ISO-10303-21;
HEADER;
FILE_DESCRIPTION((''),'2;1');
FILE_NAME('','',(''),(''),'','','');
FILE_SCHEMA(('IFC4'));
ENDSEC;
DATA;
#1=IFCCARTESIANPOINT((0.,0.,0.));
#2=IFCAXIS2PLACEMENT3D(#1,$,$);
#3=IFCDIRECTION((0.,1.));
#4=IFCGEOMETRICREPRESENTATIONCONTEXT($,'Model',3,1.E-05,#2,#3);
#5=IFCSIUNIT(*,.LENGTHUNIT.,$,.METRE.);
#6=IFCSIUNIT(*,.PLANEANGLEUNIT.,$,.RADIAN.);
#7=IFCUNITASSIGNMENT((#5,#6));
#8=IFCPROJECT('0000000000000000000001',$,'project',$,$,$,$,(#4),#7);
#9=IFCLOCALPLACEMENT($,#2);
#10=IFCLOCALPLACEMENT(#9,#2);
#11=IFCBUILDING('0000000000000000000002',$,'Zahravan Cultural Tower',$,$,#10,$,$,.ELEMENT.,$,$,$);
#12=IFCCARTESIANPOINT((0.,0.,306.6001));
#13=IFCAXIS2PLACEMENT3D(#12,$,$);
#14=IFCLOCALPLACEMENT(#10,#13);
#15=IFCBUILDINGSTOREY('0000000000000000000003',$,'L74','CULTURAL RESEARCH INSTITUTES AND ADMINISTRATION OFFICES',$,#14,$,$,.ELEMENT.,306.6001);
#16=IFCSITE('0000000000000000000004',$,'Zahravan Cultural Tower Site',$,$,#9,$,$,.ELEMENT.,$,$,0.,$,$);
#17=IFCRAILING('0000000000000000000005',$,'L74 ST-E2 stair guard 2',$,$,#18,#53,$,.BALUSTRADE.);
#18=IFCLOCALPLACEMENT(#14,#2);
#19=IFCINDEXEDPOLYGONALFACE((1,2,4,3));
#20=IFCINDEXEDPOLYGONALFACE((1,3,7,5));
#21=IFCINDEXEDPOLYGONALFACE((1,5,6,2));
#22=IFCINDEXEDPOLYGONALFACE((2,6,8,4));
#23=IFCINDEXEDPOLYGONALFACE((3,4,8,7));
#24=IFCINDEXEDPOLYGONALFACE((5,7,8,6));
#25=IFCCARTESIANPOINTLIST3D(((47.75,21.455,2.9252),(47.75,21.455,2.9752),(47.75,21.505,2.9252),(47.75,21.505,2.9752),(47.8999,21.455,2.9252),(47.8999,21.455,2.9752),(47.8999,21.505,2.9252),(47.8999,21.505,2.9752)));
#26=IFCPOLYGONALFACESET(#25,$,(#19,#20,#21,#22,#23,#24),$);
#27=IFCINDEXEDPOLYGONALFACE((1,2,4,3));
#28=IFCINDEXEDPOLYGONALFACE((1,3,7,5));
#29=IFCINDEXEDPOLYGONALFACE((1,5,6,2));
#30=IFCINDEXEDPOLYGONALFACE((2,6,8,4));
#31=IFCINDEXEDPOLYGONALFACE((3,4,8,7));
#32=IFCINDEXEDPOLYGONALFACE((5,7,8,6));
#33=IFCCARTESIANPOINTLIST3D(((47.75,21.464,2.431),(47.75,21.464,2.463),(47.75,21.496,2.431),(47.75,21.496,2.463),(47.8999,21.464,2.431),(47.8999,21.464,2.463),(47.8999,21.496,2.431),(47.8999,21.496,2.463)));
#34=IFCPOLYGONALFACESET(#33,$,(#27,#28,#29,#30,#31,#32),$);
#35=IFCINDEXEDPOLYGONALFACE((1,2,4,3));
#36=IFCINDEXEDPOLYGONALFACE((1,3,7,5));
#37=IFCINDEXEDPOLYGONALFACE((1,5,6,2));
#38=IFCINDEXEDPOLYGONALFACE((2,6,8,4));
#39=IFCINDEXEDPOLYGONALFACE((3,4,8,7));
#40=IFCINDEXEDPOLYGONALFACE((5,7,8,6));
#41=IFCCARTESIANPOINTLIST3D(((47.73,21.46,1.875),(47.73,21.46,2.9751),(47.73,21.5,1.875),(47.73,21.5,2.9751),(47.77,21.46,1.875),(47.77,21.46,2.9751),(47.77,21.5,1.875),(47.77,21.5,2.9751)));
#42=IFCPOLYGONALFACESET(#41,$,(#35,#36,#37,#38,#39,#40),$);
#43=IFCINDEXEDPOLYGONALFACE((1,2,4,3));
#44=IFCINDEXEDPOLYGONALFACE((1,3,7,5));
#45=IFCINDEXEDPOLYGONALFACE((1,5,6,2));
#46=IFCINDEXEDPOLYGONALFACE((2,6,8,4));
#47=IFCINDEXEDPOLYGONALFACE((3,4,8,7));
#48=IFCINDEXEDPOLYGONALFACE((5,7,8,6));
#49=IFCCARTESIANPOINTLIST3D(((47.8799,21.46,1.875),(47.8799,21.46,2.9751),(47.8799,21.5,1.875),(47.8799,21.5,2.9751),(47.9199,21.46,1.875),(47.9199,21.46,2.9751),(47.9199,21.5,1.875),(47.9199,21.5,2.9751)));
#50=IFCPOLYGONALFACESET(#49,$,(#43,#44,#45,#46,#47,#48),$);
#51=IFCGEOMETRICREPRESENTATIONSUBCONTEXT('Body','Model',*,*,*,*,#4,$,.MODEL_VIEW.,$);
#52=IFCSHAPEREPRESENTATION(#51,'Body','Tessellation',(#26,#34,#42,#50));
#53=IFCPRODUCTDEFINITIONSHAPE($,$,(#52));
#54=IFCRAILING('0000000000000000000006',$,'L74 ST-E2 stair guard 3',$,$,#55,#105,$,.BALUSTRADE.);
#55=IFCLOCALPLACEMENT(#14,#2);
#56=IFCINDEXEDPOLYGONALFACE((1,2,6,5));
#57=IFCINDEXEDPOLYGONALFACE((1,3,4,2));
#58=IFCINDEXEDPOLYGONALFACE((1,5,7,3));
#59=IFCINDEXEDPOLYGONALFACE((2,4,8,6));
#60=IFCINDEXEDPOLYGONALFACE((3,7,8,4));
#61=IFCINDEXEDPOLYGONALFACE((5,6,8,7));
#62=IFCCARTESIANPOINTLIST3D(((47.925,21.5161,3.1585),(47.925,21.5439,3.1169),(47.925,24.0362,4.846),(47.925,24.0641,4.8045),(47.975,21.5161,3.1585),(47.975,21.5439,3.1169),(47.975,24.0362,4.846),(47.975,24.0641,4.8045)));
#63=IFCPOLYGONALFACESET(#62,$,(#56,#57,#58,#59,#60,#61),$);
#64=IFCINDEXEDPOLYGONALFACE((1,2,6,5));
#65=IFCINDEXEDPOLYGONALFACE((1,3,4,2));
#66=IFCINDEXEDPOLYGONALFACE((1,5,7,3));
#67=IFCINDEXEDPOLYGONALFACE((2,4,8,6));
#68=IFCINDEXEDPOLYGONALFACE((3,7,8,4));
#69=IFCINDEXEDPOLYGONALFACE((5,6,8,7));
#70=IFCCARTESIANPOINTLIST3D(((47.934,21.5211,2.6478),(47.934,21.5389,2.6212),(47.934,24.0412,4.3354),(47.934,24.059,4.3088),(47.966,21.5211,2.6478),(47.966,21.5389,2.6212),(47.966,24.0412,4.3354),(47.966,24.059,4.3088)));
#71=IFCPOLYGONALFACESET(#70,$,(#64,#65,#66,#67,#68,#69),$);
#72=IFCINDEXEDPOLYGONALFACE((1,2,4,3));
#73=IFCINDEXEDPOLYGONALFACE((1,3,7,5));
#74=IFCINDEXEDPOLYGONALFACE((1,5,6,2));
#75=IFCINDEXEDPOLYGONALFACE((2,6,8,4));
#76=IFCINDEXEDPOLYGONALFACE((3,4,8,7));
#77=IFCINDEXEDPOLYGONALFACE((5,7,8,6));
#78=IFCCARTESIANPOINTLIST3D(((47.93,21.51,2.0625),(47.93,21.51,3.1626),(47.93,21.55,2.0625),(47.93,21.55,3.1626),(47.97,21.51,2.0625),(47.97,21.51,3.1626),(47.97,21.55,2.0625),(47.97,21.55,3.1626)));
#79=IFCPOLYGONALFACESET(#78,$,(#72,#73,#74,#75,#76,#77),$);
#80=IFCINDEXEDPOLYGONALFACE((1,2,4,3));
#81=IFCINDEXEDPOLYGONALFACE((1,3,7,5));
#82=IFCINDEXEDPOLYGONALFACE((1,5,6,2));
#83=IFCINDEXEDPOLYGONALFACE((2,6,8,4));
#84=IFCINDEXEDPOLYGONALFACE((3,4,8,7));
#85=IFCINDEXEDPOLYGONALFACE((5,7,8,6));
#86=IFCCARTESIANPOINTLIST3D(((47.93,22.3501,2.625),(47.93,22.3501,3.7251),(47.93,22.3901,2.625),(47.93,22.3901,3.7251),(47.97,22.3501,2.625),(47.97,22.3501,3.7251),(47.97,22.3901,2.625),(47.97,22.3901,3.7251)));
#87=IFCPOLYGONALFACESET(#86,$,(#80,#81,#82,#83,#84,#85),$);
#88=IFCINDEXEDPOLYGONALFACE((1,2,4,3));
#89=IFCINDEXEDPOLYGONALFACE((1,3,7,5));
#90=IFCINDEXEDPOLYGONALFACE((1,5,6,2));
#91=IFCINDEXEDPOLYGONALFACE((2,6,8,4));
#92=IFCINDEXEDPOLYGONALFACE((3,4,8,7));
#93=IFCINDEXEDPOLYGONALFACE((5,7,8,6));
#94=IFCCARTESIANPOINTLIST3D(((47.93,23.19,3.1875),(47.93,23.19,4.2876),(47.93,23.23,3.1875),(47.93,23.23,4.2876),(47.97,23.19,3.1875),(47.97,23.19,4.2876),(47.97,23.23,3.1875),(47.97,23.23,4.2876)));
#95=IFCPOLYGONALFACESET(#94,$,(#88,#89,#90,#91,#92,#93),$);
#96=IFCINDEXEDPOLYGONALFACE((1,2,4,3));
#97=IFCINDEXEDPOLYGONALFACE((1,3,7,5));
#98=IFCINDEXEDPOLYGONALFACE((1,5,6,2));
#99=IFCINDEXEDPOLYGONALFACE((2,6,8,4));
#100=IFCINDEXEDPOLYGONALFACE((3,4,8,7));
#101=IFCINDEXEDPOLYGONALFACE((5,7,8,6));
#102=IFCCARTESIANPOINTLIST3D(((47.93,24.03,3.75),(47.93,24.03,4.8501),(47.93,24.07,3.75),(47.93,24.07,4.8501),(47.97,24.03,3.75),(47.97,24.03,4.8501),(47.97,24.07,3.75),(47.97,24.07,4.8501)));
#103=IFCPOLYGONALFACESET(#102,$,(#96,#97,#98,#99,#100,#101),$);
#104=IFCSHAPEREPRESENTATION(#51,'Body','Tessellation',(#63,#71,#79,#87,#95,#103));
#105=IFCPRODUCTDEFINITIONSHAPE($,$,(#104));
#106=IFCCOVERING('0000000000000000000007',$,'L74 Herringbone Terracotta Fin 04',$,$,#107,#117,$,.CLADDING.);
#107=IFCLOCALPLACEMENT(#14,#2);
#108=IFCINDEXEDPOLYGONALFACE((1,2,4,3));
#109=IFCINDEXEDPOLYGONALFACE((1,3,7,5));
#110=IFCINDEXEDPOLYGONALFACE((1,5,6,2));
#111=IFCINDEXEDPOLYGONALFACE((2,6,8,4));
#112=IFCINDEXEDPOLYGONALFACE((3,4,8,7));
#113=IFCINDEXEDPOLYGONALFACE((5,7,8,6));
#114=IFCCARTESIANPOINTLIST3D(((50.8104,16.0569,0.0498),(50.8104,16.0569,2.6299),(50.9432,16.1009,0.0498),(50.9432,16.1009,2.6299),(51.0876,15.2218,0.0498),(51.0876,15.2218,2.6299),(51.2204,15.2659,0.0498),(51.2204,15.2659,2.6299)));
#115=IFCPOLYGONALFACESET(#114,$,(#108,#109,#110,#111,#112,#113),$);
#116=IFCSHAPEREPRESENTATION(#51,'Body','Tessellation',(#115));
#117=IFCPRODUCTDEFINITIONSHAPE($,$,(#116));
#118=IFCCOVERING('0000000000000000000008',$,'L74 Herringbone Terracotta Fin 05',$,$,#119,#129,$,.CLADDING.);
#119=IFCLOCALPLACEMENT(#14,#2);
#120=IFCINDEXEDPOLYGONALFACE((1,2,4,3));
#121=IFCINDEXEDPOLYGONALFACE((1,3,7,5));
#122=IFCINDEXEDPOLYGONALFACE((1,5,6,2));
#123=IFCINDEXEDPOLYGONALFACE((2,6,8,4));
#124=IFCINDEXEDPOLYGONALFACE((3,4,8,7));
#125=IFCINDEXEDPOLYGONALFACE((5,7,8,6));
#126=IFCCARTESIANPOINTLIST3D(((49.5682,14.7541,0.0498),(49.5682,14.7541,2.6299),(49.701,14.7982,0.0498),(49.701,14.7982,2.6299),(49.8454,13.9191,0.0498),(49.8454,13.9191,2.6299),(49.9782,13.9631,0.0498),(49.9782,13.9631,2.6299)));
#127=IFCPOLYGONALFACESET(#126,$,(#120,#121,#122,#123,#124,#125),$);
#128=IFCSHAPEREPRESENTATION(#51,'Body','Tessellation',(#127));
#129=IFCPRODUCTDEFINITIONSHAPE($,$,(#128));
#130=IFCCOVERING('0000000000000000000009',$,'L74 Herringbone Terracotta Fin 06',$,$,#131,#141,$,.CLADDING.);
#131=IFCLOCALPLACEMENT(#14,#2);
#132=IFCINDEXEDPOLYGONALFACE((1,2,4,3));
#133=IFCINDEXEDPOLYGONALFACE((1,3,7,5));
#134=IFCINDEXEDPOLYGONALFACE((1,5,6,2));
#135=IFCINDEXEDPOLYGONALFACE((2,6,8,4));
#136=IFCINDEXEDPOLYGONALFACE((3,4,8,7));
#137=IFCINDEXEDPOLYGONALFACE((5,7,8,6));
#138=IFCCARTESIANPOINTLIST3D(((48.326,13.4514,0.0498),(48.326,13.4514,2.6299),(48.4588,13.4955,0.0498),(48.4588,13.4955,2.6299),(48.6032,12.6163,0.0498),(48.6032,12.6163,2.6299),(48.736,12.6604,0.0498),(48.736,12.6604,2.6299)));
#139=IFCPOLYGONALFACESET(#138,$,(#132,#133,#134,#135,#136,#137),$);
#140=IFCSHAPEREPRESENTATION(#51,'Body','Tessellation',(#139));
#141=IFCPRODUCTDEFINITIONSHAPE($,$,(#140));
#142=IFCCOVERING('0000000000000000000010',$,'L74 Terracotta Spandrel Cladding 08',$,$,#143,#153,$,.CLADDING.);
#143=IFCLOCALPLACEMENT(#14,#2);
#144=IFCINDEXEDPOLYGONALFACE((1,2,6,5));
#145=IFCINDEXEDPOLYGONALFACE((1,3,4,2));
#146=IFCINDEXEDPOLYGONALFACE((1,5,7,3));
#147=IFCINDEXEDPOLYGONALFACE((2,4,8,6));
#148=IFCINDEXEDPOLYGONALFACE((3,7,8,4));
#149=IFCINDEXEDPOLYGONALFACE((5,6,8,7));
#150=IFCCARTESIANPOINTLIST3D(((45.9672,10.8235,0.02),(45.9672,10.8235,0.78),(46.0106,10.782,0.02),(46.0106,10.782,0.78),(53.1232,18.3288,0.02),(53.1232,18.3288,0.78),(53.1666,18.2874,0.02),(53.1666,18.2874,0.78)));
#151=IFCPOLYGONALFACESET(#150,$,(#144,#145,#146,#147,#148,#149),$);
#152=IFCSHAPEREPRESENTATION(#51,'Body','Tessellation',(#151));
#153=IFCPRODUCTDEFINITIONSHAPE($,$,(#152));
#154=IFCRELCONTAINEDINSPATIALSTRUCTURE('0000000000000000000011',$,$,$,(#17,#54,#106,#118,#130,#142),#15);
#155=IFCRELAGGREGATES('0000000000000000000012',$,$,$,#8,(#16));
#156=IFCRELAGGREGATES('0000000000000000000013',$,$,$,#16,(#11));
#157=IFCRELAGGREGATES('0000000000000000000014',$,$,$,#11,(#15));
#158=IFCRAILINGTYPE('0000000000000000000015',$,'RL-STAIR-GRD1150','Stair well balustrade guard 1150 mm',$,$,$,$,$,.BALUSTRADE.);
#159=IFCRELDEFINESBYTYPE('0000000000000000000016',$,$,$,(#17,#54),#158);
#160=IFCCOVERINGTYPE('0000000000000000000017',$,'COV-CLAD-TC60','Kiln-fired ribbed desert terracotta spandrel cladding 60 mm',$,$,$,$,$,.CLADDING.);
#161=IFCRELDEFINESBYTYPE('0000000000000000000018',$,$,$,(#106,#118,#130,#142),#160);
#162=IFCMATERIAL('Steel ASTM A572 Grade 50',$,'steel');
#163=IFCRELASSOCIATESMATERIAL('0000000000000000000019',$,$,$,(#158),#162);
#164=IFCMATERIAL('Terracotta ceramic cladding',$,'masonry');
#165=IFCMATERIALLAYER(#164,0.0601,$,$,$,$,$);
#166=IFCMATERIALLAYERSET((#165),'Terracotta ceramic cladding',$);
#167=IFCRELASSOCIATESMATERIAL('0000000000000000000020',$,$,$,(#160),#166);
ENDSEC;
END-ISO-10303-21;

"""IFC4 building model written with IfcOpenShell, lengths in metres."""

from ifc_helpers import new_model, si_unit, direction, frame, origin, origin_2d, place, context, subcontext, project, spatial, rectangle, extrude, source, transform, mapped, material, layer, layer_set, type_object, element, save


model = new_model("IFC4")

# Units and contexts
model_context = context("Model", 3, precision=1e-05, world=origin(), true_north=direction((0.0, 1.0)))
body_context = subcontext(model_context, "Body", "Model", "MODEL_VIEW")
ifc_project = project(units=[si_unit("LENGTHUNIT", "METRE"), si_unit("PLANEANGLEUNIT", "RADIAN")], contexts=[model_context])

# Site, building, storey
site_placement = place(None, origin())
site = spatial("IfcSite", under=ifc_project, at=site_placement, Name="Zahravan Cultural Tower Site", CompositionType="ELEMENT", RefElevation=0.0)
building_placement = place(site_placement, origin())
building = spatial("IfcBuilding", under=site, at=building_placement, Name="Zahravan Cultural Tower", CompositionType="ELEMENT")
storey_placement = place(building_placement, frame((0.0, 0.0, 306.6001)))
storey = spatial("IfcBuildingStorey", under=building, at=storey_placement, Name="L74", Description="CULTURAL RESEARCH INSTITUTES AND ADMINISTRATION OFFICES", CompositionType="ELEMENT", Elevation=306.6001)

# Railings
ifc_material_1 = material(Name="Steel ASTM A572 Grade 50", Category="steel")
railing_type = type_object("IfcRailingType", Name="RL-STAIR-GRD1150", Description="Stair well balustrade guard 1150 mm", PredefinedType="BALUSTRADE", material=ifc_material_1)
railing_1_placement = place(storey_placement, frame((47.75, 21.48, 1.875)))
element("IfcRailing", 1, at=railing_1_placement, inside=storey, type_object=railing_type, Name="L74 ST-E2 stair guard 2", PredefinedType="BALUSTRADE", context=body_context, shape_type="SweptSolid", body=[
    extrude(rectangle(XDim=0.05, YDim=0.05, at=origin_2d()), frame((0.0, 0.0, 1.0752), z_axis=(1.0, 0.0, 0.0), x_axis=(0.0, 1.0, 0.0)), (0.0, 0.0, 1.0), 0.1499),
    extrude(rectangle(XDim=0.032, YDim=0.032, at=origin_2d()), frame((0.0, 0.0, 0.572), z_axis=(1.0, 0.0, 0.0), x_axis=(0.0, 1.0, 0.0)), (0.0, 0.0, 1.0), 0.1499),
    extrude(rectangle(XDim=0.04, YDim=0.04, at=origin_2d()), origin(), (0.0, 0.0, 1.0), 1.1001),
    extrude(rectangle(XDim=0.04, YDim=0.04, at=origin_2d()), frame((0.1499, 0.0, 0.0)), (0.0, 0.0, 1.0), 1.1001),
])
railing_2_placement = place(storey_placement, frame((47.95, 21.53, 2.0625)))
element("IfcRailing", 2, at=railing_2_placement, inside=storey, type_object=railing_type, Name="L74 ST-E2 stair guard 3", PredefinedType="BALUSTRADE", context=body_context, shape_type="SweptSolid", body=[
    extrude(rectangle(XDim=0.05, YDim=0.05, at=origin_2d()), frame((0.0, 0.0, 1.0752), z_axis=(0.0, 0.830909, 0.556408), x_axis=(-1.0, 0.0, 0.0)), (0.0, 0.0, 1.0), 3.033),
    extrude(rectangle(XDim=0.032, YDim=0.032, at=origin_2d()), frame((0.0, 0.0, 0.572), z_axis=(0.0, 0.830909, 0.556408), x_axis=(-1.0, 0.0, 0.0)), (0.0, 0.0, 1.0), 3.033),
    extrude(rectangle(XDim=0.04, YDim=0.04, at=origin_2d()), origin(), (0.0, 0.0, 1.0), 1.1001),
    extrude(rectangle(XDim=0.04, YDim=0.04, at=origin_2d()), frame((0.0, 0.8401, 0.5625)), (0.0, 0.0, 1.0), 1.1001),
    extrude(rectangle(XDim=0.04, YDim=0.04, at=origin_2d()), frame((0.0, 1.6799, 1.125)), (0.0, 0.0, 1.0), 1.1001),
    extrude(rectangle(XDim=0.04, YDim=0.04, at=origin_2d()), frame((0.0, 2.52, 1.6875)), (0.0, 0.0, 1.0), 1.1001),
])

# Coverings
ifc_material_2 = material(Name="Terracotta ceramic cladding", Category="masonry")
ifc_layer_1 = layer(ifc_material_2, 0.0601)
ifc_layer_set_1 = layer_set([ifc_layer_1], Name="Terracotta ceramic cladding")
covering_type = type_object("IfcCoveringType", Name="COV-CLAD-TC60", Description="Kiln-fired ribbed desert terracotta spandrel cladding 60 mm", PredefinedType="CLADDING", material=ifc_layer_set_1)
shared_shape_1 = source(origin(), body_context, "Body", "SweptSolid", [
    extrude(rectangle(XDim=0.8799, YDim=0.1399, at=origin_2d()), origin(), (0.0, 0.0, 1.0), 2.5801),
])
for number, where, z_axis, x_axis, name in (
    (3, (51.0154, 15.6614, 0.0498), (0.0, 0.0, 1.0), (0.315069, -0.949069, 0.0), "L74 Herringbone Terracotta Fin 04"),
    (4, (49.7732, 14.3586, 0.0498), (0.0, 0.0, 1.0), (0.315069, -0.949069, 0.0), "L74 Herringbone Terracotta Fin 05"),
    (5, (48.531, 13.0559, 0.0498), (0.0, 0.0, 1.0), (0.315069, -0.949069, 0.0), "L74 Herringbone Terracotta Fin 06"),
):
    element("IfcCovering", number, at=place(storey_placement, frame(where, z_axis=z_axis, x_axis=x_axis)), inside=storey, type_object=covering_type, Name=name, PredefinedType="CLADDING", context=body_context, shape_type="MappedRepresentation", body=[
        mapped(shared_shape_1, transform((0.0, 0.0, 0.0), x_axis=(1.0, 0.0, 0.0), y_axis=(0.0, 1.0, 0.0), z_axis=(0.0, 0.0, 1.0), scale=1.0)),
    ])
shared_shape_2 = source(origin(), body_context, "Body", "SweptSolid", [
    extrude(rectangle(XDim=10.3701, YDim=0.0601, at=origin_2d()), origin(), (0.0, 0.0, 1.0), 0.76),
])
covering_placement = place(storey_placement, frame((49.5669, 14.5554, 0.02), z_axis=(0.0, 0.0, 1.0), x_axis=(-0.690062, -0.72375, 0.0)))
element("IfcCovering", 6, at=covering_placement, inside=storey, type_object=covering_type, Name="L74 Terracotta Spandrel Cladding 08", PredefinedType="CLADDING", context=body_context, shape_type="MappedRepresentation", body=[
    mapped(shared_shape_2, transform((0.0, 0.0, 0.0), x_axis=(1.0, 0.0, 0.0), y_axis=(0.0, 1.0, 0.0), z_axis=(0.0, 0.0, 1.0), scale=1.0)),
])

save(model, "model.ifc")
